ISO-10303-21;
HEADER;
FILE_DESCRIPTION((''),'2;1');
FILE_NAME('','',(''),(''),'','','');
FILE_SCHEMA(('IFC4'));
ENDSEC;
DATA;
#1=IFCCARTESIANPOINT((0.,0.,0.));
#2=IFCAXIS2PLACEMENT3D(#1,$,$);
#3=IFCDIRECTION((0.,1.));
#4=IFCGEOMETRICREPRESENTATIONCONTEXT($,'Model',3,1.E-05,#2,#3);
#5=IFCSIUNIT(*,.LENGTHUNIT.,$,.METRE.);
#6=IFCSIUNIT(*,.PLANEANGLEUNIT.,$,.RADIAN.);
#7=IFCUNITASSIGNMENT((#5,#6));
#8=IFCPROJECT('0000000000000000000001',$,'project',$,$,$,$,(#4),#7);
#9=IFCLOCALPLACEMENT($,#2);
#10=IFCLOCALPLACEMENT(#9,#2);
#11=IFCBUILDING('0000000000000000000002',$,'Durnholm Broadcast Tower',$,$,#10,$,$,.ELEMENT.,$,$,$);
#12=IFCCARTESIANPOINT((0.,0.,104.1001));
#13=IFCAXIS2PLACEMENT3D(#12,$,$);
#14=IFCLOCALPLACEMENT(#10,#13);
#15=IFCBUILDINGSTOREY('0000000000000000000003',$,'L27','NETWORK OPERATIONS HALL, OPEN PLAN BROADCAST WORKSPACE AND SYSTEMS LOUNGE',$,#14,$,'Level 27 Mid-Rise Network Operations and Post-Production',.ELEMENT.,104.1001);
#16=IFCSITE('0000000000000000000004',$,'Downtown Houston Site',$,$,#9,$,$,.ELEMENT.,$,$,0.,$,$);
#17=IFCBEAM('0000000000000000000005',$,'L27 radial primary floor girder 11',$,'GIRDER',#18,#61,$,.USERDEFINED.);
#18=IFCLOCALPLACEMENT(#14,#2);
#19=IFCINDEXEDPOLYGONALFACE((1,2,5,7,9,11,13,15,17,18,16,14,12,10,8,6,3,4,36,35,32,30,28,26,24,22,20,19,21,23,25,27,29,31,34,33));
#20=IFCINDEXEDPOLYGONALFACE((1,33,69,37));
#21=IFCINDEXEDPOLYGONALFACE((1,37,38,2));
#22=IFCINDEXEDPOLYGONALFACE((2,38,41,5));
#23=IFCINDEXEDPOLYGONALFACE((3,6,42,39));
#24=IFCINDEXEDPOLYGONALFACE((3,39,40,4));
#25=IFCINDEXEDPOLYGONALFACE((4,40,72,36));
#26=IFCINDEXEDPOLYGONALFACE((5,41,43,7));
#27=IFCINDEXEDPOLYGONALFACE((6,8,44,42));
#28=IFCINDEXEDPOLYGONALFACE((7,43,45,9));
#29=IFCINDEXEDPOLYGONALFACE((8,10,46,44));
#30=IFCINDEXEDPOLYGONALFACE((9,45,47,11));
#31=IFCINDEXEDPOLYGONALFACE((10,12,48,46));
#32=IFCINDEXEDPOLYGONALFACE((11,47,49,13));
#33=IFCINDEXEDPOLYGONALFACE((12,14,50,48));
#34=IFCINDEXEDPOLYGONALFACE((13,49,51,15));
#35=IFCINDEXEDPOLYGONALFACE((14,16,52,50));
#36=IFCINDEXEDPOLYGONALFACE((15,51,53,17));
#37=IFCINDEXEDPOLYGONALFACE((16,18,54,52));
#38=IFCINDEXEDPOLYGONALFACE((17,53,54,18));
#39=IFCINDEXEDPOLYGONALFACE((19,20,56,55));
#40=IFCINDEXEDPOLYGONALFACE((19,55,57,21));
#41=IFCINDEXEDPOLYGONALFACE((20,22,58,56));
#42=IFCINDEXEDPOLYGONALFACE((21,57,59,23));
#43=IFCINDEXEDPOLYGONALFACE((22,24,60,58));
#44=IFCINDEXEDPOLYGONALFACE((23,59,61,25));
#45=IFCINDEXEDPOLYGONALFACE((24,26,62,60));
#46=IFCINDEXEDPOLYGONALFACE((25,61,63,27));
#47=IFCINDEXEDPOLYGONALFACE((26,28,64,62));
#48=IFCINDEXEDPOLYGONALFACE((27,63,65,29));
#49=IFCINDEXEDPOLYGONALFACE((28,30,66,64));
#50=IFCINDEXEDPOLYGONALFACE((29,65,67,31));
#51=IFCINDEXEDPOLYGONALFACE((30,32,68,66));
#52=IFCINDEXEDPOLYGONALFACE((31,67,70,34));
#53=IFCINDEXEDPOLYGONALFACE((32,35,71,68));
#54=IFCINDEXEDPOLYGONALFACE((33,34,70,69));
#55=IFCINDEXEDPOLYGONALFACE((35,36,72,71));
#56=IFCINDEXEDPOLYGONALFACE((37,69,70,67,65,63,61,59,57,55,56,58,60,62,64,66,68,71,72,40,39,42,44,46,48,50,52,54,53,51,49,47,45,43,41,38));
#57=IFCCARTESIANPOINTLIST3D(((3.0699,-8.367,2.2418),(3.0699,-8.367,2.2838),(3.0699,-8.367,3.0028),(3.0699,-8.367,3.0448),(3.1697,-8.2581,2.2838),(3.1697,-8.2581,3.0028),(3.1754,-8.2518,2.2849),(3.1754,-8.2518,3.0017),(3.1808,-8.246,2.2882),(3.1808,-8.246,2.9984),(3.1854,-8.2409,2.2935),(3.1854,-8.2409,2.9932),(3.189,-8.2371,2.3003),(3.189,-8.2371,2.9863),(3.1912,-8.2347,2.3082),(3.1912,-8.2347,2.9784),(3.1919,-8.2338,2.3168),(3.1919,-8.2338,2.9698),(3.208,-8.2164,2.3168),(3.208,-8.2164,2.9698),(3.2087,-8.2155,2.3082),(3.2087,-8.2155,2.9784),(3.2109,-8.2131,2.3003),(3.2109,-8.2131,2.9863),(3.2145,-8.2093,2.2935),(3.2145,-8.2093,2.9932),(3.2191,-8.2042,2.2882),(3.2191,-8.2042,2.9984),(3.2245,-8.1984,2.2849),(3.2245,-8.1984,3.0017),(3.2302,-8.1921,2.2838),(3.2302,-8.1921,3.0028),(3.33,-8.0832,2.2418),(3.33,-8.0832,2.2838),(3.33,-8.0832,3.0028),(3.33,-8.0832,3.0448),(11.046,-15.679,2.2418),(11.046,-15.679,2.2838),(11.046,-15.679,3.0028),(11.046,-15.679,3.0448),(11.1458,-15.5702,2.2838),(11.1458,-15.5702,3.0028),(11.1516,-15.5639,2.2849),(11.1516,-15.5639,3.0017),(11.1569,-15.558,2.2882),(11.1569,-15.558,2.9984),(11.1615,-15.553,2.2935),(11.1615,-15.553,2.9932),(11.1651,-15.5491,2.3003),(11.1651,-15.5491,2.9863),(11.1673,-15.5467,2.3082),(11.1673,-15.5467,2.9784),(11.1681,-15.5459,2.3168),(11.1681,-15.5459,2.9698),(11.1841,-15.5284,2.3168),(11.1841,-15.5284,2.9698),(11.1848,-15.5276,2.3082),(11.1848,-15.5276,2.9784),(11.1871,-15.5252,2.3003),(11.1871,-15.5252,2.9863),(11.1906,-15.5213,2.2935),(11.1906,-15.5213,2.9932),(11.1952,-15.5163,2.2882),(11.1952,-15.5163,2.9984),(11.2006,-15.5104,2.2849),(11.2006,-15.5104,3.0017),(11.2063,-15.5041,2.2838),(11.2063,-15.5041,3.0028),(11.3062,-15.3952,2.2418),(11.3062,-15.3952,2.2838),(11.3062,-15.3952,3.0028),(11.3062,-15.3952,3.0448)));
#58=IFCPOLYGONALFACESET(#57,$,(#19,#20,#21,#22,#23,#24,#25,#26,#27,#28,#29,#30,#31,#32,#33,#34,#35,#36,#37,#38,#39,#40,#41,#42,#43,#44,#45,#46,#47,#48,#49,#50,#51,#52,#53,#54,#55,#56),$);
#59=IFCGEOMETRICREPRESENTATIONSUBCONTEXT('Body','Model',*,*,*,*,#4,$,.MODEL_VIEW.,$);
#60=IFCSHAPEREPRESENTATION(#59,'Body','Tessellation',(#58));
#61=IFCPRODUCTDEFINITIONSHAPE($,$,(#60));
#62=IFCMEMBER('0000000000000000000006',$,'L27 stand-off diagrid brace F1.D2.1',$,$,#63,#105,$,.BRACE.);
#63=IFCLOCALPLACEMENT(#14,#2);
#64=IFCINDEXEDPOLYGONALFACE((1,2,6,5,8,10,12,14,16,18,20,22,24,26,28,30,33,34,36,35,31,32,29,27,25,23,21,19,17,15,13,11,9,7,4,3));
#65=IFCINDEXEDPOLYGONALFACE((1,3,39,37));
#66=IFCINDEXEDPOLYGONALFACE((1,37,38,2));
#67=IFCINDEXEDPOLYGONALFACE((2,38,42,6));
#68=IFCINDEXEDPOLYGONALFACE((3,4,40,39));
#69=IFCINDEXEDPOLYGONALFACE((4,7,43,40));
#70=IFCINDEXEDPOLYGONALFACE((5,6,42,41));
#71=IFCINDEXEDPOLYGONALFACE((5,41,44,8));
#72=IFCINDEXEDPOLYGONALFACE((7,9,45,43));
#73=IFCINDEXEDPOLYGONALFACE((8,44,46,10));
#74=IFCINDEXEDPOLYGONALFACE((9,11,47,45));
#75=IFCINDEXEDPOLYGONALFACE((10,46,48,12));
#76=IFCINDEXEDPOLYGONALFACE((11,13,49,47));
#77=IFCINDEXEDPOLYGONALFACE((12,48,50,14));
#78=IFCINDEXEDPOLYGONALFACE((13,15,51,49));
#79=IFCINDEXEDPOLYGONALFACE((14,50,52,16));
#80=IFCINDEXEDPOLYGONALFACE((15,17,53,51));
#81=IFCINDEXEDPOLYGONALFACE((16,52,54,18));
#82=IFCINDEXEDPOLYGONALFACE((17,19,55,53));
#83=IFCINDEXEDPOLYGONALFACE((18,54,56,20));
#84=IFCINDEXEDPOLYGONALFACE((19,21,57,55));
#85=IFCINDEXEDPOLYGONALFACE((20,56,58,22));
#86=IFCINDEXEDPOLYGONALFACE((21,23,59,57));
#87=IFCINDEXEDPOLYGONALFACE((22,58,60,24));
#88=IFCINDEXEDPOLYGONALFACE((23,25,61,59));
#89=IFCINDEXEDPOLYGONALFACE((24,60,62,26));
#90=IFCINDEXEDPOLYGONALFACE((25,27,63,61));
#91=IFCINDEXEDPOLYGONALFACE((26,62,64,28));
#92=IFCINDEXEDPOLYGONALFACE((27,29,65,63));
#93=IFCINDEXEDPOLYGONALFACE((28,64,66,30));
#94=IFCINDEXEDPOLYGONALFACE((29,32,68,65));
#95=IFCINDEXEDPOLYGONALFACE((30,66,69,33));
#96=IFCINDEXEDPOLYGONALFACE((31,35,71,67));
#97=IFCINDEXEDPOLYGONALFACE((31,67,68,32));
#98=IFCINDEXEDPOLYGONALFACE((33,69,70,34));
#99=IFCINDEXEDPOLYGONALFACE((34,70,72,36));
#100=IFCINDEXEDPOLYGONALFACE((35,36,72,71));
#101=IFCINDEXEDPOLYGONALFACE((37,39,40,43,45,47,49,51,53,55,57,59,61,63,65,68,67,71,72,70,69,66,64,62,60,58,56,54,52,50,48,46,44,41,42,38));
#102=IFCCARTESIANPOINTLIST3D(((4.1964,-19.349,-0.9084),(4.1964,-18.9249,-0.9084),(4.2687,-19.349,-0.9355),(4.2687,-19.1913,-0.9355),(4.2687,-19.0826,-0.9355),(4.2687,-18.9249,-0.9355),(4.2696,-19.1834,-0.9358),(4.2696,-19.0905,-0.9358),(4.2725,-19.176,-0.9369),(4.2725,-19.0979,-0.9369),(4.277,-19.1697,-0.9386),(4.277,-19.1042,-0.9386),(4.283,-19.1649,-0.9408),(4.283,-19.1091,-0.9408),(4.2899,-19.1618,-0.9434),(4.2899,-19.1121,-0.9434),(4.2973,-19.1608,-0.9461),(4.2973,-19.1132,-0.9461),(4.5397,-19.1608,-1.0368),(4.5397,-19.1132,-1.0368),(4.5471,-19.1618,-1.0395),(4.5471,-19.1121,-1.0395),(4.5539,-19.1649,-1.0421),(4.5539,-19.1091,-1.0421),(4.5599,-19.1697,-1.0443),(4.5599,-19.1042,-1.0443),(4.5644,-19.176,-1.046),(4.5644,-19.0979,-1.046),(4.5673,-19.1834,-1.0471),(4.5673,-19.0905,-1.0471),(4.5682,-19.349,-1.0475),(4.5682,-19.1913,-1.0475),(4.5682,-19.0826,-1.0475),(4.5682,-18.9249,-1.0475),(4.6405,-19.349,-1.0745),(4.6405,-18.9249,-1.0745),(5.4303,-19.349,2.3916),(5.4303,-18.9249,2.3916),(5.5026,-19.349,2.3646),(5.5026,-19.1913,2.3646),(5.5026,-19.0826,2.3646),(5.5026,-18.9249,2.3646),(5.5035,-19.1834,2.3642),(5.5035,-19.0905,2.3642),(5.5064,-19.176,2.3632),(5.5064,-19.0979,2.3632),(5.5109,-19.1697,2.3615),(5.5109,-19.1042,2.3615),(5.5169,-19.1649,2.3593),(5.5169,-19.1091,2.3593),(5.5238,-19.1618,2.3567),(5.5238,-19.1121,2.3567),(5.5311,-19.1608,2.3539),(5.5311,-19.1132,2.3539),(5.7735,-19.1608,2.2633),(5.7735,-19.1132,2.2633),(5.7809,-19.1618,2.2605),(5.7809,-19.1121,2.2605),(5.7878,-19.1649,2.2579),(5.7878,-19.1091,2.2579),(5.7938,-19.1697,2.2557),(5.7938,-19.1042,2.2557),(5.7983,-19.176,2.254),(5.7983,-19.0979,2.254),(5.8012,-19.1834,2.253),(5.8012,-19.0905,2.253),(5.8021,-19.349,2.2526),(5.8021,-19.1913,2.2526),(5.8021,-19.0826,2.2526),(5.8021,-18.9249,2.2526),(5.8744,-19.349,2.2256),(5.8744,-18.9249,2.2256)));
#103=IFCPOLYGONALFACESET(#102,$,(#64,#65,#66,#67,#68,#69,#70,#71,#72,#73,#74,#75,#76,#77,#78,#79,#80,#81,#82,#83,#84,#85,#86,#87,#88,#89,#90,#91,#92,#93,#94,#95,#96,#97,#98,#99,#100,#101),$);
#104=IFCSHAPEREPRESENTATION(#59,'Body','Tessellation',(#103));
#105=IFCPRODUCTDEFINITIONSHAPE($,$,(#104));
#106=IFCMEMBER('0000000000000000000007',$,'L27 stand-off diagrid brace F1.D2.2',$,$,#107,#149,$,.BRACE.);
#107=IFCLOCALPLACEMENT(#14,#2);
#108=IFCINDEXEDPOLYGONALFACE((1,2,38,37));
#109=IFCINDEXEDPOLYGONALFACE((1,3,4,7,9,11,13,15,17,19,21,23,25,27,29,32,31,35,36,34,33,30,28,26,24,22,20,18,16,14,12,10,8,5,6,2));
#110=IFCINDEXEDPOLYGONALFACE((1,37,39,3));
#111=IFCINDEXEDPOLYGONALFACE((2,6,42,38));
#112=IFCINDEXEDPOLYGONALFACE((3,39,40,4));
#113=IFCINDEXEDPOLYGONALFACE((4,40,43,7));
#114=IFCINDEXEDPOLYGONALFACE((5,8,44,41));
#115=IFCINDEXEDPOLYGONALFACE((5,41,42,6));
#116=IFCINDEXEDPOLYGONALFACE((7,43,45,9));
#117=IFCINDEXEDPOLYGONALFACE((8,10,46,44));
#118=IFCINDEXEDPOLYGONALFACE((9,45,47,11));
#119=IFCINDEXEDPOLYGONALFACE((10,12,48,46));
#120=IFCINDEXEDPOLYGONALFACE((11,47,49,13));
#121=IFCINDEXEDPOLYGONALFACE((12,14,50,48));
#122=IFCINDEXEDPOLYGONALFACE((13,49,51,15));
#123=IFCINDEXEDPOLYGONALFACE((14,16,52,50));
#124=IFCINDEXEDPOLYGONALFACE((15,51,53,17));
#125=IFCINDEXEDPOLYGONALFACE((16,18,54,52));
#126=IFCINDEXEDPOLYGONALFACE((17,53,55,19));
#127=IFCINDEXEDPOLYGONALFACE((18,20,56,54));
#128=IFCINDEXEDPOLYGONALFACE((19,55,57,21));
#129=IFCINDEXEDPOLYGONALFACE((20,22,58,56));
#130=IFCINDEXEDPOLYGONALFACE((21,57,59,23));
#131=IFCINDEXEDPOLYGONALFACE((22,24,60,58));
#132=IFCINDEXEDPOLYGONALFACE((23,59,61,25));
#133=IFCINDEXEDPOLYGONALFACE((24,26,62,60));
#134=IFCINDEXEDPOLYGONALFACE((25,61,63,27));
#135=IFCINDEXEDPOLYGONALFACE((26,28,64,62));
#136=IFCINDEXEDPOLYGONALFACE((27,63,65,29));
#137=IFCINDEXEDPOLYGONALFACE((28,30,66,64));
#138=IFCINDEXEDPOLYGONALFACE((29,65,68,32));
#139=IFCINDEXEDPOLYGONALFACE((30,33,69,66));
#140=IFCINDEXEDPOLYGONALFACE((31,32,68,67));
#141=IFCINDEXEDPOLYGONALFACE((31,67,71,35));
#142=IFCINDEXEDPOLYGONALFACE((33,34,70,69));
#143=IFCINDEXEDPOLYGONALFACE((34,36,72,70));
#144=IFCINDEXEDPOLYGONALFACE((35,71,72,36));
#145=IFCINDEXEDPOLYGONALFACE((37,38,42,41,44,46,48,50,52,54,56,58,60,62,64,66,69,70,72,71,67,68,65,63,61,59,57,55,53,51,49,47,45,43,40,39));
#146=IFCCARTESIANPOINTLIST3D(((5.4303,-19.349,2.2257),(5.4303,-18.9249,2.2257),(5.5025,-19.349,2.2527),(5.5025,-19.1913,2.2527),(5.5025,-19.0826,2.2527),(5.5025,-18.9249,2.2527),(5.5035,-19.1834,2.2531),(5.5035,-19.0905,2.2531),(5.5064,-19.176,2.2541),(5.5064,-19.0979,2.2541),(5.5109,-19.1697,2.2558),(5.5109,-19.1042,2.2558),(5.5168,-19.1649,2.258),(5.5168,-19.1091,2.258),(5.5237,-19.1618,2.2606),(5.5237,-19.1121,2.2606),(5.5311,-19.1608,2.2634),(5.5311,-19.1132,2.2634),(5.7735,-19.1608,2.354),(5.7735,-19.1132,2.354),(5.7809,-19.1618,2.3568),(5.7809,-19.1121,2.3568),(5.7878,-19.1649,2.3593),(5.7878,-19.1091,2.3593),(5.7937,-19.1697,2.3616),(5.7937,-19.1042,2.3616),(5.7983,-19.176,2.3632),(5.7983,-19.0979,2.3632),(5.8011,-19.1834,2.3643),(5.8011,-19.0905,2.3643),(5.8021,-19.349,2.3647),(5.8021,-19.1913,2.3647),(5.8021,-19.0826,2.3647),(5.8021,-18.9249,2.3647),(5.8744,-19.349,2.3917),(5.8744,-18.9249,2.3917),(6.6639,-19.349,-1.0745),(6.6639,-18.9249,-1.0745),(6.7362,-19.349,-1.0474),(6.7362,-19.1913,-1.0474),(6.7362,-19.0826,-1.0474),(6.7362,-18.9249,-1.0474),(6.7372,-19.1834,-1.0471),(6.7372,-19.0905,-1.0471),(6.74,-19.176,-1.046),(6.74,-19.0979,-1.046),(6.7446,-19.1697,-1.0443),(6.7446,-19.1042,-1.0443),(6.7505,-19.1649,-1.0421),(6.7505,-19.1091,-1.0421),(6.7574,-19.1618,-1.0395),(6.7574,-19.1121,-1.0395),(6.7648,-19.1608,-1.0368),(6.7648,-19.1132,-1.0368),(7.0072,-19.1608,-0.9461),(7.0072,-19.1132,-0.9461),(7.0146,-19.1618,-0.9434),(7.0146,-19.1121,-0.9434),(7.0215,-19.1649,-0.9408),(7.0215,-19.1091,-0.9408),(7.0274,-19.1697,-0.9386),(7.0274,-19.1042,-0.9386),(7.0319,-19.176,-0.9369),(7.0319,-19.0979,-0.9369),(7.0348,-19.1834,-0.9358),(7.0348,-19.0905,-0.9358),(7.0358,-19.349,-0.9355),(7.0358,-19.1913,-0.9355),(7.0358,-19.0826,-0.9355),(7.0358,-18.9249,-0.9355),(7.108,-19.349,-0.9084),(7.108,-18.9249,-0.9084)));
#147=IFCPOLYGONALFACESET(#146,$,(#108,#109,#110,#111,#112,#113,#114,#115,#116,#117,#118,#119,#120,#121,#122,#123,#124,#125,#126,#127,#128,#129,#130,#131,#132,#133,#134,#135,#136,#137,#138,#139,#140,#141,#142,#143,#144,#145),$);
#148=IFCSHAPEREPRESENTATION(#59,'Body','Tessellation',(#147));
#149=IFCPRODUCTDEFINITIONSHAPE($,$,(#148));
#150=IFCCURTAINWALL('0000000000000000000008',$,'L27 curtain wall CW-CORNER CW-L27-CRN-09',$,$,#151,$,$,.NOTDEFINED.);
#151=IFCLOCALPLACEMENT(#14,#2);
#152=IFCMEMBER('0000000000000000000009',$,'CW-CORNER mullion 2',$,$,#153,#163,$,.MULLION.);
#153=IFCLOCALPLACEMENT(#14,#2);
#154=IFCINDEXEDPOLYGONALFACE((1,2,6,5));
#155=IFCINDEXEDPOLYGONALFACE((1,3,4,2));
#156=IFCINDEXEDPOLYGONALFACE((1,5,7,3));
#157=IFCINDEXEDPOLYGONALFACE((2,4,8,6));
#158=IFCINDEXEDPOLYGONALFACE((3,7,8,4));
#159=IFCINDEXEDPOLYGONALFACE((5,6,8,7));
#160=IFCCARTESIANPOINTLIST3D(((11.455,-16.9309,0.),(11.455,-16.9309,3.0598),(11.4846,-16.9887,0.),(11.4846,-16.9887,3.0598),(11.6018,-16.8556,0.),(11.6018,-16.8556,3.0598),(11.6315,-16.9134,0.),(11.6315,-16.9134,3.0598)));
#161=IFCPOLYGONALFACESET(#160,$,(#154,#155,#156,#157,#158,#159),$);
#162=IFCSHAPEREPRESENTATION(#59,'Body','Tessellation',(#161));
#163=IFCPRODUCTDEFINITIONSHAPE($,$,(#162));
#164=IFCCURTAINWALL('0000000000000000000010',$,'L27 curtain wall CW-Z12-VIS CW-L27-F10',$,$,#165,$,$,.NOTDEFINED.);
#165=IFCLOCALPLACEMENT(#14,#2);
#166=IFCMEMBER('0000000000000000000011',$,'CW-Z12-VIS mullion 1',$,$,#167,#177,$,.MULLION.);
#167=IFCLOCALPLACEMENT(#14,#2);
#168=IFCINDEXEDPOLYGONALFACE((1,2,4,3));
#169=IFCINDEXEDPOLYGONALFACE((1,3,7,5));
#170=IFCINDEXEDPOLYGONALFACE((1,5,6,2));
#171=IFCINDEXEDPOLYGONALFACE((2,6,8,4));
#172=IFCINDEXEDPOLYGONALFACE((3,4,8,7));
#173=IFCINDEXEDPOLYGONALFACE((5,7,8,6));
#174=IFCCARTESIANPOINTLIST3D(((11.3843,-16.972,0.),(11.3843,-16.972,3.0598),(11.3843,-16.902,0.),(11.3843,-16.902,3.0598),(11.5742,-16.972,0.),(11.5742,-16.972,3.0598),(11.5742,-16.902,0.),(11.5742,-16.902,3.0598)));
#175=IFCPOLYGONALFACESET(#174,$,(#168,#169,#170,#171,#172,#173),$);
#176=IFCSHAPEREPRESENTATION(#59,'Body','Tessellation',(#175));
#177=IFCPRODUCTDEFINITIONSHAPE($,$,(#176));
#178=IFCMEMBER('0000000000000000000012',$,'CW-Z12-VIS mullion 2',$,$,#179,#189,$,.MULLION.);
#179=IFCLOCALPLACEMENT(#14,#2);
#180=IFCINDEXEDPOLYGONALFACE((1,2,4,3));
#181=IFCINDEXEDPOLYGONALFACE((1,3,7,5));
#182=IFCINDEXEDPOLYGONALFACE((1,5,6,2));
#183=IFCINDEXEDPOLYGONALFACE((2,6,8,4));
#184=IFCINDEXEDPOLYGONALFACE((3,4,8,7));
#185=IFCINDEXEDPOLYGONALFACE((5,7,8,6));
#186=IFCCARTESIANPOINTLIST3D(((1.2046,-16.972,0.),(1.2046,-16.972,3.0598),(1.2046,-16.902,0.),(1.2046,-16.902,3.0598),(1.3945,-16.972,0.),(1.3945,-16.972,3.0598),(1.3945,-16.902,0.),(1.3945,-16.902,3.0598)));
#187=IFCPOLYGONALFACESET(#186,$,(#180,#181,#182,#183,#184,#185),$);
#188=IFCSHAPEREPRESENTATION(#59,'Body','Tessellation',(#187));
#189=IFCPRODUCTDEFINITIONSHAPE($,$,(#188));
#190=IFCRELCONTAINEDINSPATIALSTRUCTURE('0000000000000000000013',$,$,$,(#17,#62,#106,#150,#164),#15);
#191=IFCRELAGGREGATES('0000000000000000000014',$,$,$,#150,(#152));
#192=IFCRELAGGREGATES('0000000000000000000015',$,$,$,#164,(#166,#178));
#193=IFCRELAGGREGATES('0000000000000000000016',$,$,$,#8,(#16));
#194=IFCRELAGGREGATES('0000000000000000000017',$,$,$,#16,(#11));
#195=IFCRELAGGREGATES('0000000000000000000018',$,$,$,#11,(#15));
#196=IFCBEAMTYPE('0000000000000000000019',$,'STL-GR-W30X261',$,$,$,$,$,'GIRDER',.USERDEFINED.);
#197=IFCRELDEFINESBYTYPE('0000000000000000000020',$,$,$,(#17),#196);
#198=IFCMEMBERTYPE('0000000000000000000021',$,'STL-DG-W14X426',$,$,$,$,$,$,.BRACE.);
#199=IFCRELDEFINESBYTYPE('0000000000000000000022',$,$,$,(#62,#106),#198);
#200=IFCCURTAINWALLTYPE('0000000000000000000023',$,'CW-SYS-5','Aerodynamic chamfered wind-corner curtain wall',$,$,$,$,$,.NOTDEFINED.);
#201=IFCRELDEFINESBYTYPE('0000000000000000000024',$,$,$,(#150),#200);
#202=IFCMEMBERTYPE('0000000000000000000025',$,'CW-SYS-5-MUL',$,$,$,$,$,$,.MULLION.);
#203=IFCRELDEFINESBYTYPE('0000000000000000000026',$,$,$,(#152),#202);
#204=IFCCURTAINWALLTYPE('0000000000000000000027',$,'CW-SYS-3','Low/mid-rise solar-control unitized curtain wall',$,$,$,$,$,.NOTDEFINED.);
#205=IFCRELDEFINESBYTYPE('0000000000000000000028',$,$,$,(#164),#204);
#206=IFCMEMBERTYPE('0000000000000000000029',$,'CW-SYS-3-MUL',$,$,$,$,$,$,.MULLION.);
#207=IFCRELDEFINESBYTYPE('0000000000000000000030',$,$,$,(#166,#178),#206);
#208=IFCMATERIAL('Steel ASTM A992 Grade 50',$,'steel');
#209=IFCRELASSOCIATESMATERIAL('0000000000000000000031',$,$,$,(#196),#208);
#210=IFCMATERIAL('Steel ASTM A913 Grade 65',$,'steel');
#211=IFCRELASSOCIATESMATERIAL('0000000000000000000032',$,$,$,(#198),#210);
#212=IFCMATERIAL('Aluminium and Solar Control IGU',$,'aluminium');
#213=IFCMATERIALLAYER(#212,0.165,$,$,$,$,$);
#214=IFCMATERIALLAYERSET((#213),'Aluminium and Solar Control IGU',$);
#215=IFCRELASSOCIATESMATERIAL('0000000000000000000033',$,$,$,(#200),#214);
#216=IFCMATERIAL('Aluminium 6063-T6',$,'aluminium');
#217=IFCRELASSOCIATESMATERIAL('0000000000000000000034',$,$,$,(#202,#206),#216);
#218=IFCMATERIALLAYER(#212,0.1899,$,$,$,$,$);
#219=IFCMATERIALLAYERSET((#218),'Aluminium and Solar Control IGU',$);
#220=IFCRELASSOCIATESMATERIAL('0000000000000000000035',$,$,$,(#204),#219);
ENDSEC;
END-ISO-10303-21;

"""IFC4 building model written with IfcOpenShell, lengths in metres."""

from ifc_helpers import new_model, si_unit, direction, frame, origin, origin_2d, place, context, subcontext, project, spatial, rectangle, i_section, extrude, source, transform, mapped, material, layer, layer_set, material_profile, profile_set, type_object, type_shapes, element, aggregate, save


model = new_model("IFC4")

# Units and contexts
model_context = context("Model", 3, precision=1e-05, world=origin(), true_north=direction((0.0, 1.0)))
body_context = subcontext(model_context, "Body", "Model", "MODEL_VIEW")
ifc_project = project(units=[si_unit("LENGTHUNIT", "METRE"), si_unit("PLANEANGLEUNIT", "RADIAN")], contexts=[model_context])

# Site, building, storey
site_placement = place(None, origin())
site = spatial("IfcSite", under=ifc_project, at=site_placement, Name="Downtown Houston Site", CompositionType="ELEMENT", RefElevation=0.0)
building_placement = place(site_placement, origin())
building = spatial("IfcBuilding", under=site, at=building_placement, Name="Durnholm Broadcast Tower", CompositionType="ELEMENT")
storey_placement = place(building_placement, frame((0.0, 0.0, 104.1001)))
storey = spatial("IfcBuildingStorey", under=building, at=storey_placement, Name="L27", Description="NETWORK OPERATIONS HALL, OPEN PLAN BROADCAST WORKSPACE AND SYSTEMS LOUNGE", LongName="Level 27 Mid-Rise Network Operations and Post-Production", CompositionType="ELEMENT", Elevation=104.1001)

# Beam
ifc_material_1 = material(Name="Steel ASTM A992 Grade 50", Category="steel")
ifc_material_profile_1 = material_profile(ifc_material_1, i_section(OverallWidth=0.385, OverallDepth=0.803, WebThickness=0.0237, FlangeThickness=0.042, FilletRadius=0.033, at=origin_2d()), Name="W30X261")
ifc_profile_set_1 = profile_set([ifc_material_profile_1], Name="Steel ASTM A992 Grade 50")
beam_type_1 = type_object("IfcBeamType", Name="STL-GR-W30X261", ElementType="GIRDER", PredefinedType="USERDEFINED", material=ifc_profile_set_1)
shared_shape_1 = source(origin(), body_context, "Body", "SweptSolid", [
    extrude(i_section(OverallWidth=0.385, OverallDepth=0.803, WebThickness=0.0237, FlangeThickness=0.042, FilletRadius=0.033, at=origin_2d()), origin(), (0.0, 0.0, 1.0), 10.8206),
])
beam_1_placement = place(storey_placement, frame((3.2, -8.2251, 2.6433), z_axis=(0.737126, -0.675755, 0.0), x_axis=(0.675755, 0.737126, 0.0)))
element("IfcBeam", 1, at=beam_1_placement, inside=storey, type_object=beam_type_1, Name="L27 radial primary floor girder 11", ObjectType="GIRDER", PredefinedType="USERDEFINED", context=body_context, shape_type="MappedRepresentation", body=[
    mapped(shared_shape_1, transform((0.0, 0.0, 0.0), x_axis=(1.0, 0.0, 0.0), y_axis=(0.0, 1.0, 0.0), z_axis=(0.0, 0.0, 1.0), scale=1.0)),
])

# Members
ifc_material_2 = material(Name="Steel ASTM A913 Grade 65", Category="steel")
ifc_material_profile_2 = material_profile(ifc_material_2, i_section(OverallWidth=0.4241, OverallDepth=0.4741, WebThickness=0.0476, FlangeThickness=0.0771, FilletRadius=0.0305, at=origin_2d()), Name="W14X426")
ifc_profile_set_2 = profile_set([ifc_material_profile_2], Name="Steel ASTM A913 Grade 65")
member_type_1 = type_object("IfcMemberType", Name="STL-DG-W14X426", PredefinedType="BRACE", material=ifc_profile_set_2)
shared_shape_2 = source(origin(), body_context, "Body", "SweptSolid", [
    extrude(i_section(OverallWidth=0.4241, OverallDepth=0.4741, WebThickness=0.0476, FlangeThickness=0.0771, FilletRadius=0.0305, at=origin_2d()), origin(), (0.0, 0.0, 1.0), 3.5232),
])
type_shapes(member_type_1, [shared_shape_2])
for number, where, z_axis, x_axis, name in (
    (2, (4.4185, -19.137, -0.9915), (0.35022, 0.0, 0.936668), (0.0, 1.0, 0.0), "L27 stand-off diagrid brace F1.D2.1"),
    (3, (6.886, -19.137, -0.9915), (-0.350159, 0.0, 0.93669), (0.0, -1.0, 0.0), "L27 stand-off diagrid brace F1.D2.2"),
):
    element("IfcMember", number, at=place(storey_placement, frame(where, z_axis=z_axis, x_axis=x_axis)), inside=storey, type_object=member_type_1, Name=name, PredefinedType="BRACE", context=body_context, shape_type="MappedRepresentation", body=[
        mapped(shared_shape_2, transform((0.0, 0.0, 0.0), x_axis=(1.0, 0.0, 0.0), y_axis=(0.0, 1.0, 0.0), z_axis=(0.0, 0.0, 1.0), scale=1.0)),
    ])

# Curtain wall, member
ifc_material_3 = material(Name="Aluminium and Solar Control IGU", Category="aluminium")
ifc_layer_1 = layer(ifc_material_3, 0.165)
ifc_layer_set_1 = layer_set([ifc_layer_1], Name="Aluminium and Solar Control IGU")
curtain_wall_type_1 = type_object("IfcCurtainWallType", Name="CW-SYS-5", Description="Aerodynamic chamfered wind-corner curtain wall", PredefinedType="NOTDEFINED", material=ifc_layer_set_1)
curtain_wall_1_placement = place(storey_placement, origin())
curtain_wall_1 = element("IfcCurtainWall", 4, at=curtain_wall_1_placement, inside=storey, type_object=curtain_wall_type_1, Name="L27 curtain wall CW-CORNER CW-L27-CRN-09", PredefinedType="NOTDEFINED")
ifc_material_4 = material(Name="Aluminium 6063-T6", Category="aluminium")
ifc_material_profile_3 = material_profile(ifc_material_4, rectangle(XDim=0.0649, YDim=0.165, at=origin_2d()), Name="CWM65X165")
ifc_profile_set_3 = profile_set([ifc_material_profile_3], Name="Aluminium 6063-T6")
member_type_2 = type_object("IfcMemberType", Name="CW-SYS-5-MUL", PredefinedType="MULLION", material=ifc_profile_set_3)
shared_shape_3 = source(origin(), body_context, "Body", "SweptSolid", [
    extrude(rectangle(XDim=0.0649, YDim=0.165, at=origin_2d()), origin(), (0.0, 0.0, 1.0), 3.0598),
])
type_shapes(member_type_2, [shared_shape_3])
member_1_placement = place(storey_placement, frame((11.5432, -16.9221, 0.0), z_axis=(0.0, 0.0, 1.0), x_axis=(0.456373, -0.889788, 0.0)))
member_1 = element("IfcMember", 5, at=member_1_placement, type_object=member_type_2, Name="CW-CORNER mullion 2", PredefinedType="MULLION", context=body_context, shape_type="MappedRepresentation", body=[
    mapped(shared_shape_3, transform((0.0, 0.0, 0.0), x_axis=(1.0, 0.0, 0.0), y_axis=(0.0, 1.0, 0.0), z_axis=(0.0, 0.0, 1.0), scale=1.0)),
])
aggregate(curtain_wall_1, [member_1])

# Curtain wall, members
ifc_layer_2 = layer(ifc_material_3, 0.1899)
ifc_layer_set_2 = layer_set([ifc_layer_2], Name="Aluminium and Solar Control IGU")
curtain_wall_type_2 = type_object("IfcCurtainWallType", Name="CW-SYS-3", Description="Low/mid-rise solar-control unitized curtain wall", PredefinedType="NOTDEFINED", material=ifc_layer_set_2)
curtain_wall_2_placement = place(storey_placement, origin())
curtain_wall_2 = element("IfcCurtainWall", 6, at=curtain_wall_2_placement, inside=storey, type_object=curtain_wall_type_2, Name="L27 curtain wall CW-Z12-VIS CW-L27-F10", PredefinedType="NOTDEFINED")
ifc_material_profile_4 = material_profile(ifc_material_4, rectangle(XDim=0.0701, YDim=0.1899, at=origin_2d()), Name="CWM70X190")
ifc_profile_set_4 = profile_set([ifc_material_profile_4], Name="Aluminium 6063-T6")
member_type_3 = type_object("IfcMemberType", Name="CW-SYS-3-MUL", PredefinedType="MULLION", material=ifc_profile_set_4)
shared_shape_4 = source(origin(), body_context, "Body", "SweptSolid", [
    extrude(rectangle(XDim=0.0701, YDim=0.1899, at=origin_2d()), origin(), (0.0, 0.0, 1.0), 3.0598),
])
type_shapes(member_type_3, [shared_shape_4])
member_2_placement = place(storey_placement, frame((11.4792, -16.937, 0.0), z_axis=(0.0, 0.0, 1.0), x_axis=(0.0, -1.0, 0.0)))
member_2 = element("IfcMember", 7, at=member_2_placement, type_object=member_type_3, Name="CW-Z12-VIS mullion 1", PredefinedType="MULLION", context=body_context, shape_type="MappedRepresentation", body=[
    mapped(shared_shape_4, transform((0.0, 0.0, 0.0), x_axis=(1.0, 0.0, 0.0), y_axis=(0.0, 1.0, 0.0), z_axis=(0.0, 0.0, 1.0), scale=1.0)),
])
member_3_placement = place(storey_placement, frame((1.2996, -16.937, 0.0), z_axis=(0.0, 0.0, 1.0), x_axis=(0.0, -1.0, 0.0)))
member_3 = element("IfcMember", 8, at=member_3_placement, type_object=member_type_3, Name="CW-Z12-VIS mullion 2", PredefinedType="MULLION", context=body_context, shape_type="MappedRepresentation", body=[
    mapped(shared_shape_4, transform((0.0, 0.0, 0.0), x_axis=(1.0, 0.0, 0.0), y_axis=(0.0, 1.0, 0.0), z_axis=(0.0, 0.0, 1.0), scale=1.0)),
])

aggregate(curtain_wall_2, [member_2, member_3])

save(model, "model.ifc")
